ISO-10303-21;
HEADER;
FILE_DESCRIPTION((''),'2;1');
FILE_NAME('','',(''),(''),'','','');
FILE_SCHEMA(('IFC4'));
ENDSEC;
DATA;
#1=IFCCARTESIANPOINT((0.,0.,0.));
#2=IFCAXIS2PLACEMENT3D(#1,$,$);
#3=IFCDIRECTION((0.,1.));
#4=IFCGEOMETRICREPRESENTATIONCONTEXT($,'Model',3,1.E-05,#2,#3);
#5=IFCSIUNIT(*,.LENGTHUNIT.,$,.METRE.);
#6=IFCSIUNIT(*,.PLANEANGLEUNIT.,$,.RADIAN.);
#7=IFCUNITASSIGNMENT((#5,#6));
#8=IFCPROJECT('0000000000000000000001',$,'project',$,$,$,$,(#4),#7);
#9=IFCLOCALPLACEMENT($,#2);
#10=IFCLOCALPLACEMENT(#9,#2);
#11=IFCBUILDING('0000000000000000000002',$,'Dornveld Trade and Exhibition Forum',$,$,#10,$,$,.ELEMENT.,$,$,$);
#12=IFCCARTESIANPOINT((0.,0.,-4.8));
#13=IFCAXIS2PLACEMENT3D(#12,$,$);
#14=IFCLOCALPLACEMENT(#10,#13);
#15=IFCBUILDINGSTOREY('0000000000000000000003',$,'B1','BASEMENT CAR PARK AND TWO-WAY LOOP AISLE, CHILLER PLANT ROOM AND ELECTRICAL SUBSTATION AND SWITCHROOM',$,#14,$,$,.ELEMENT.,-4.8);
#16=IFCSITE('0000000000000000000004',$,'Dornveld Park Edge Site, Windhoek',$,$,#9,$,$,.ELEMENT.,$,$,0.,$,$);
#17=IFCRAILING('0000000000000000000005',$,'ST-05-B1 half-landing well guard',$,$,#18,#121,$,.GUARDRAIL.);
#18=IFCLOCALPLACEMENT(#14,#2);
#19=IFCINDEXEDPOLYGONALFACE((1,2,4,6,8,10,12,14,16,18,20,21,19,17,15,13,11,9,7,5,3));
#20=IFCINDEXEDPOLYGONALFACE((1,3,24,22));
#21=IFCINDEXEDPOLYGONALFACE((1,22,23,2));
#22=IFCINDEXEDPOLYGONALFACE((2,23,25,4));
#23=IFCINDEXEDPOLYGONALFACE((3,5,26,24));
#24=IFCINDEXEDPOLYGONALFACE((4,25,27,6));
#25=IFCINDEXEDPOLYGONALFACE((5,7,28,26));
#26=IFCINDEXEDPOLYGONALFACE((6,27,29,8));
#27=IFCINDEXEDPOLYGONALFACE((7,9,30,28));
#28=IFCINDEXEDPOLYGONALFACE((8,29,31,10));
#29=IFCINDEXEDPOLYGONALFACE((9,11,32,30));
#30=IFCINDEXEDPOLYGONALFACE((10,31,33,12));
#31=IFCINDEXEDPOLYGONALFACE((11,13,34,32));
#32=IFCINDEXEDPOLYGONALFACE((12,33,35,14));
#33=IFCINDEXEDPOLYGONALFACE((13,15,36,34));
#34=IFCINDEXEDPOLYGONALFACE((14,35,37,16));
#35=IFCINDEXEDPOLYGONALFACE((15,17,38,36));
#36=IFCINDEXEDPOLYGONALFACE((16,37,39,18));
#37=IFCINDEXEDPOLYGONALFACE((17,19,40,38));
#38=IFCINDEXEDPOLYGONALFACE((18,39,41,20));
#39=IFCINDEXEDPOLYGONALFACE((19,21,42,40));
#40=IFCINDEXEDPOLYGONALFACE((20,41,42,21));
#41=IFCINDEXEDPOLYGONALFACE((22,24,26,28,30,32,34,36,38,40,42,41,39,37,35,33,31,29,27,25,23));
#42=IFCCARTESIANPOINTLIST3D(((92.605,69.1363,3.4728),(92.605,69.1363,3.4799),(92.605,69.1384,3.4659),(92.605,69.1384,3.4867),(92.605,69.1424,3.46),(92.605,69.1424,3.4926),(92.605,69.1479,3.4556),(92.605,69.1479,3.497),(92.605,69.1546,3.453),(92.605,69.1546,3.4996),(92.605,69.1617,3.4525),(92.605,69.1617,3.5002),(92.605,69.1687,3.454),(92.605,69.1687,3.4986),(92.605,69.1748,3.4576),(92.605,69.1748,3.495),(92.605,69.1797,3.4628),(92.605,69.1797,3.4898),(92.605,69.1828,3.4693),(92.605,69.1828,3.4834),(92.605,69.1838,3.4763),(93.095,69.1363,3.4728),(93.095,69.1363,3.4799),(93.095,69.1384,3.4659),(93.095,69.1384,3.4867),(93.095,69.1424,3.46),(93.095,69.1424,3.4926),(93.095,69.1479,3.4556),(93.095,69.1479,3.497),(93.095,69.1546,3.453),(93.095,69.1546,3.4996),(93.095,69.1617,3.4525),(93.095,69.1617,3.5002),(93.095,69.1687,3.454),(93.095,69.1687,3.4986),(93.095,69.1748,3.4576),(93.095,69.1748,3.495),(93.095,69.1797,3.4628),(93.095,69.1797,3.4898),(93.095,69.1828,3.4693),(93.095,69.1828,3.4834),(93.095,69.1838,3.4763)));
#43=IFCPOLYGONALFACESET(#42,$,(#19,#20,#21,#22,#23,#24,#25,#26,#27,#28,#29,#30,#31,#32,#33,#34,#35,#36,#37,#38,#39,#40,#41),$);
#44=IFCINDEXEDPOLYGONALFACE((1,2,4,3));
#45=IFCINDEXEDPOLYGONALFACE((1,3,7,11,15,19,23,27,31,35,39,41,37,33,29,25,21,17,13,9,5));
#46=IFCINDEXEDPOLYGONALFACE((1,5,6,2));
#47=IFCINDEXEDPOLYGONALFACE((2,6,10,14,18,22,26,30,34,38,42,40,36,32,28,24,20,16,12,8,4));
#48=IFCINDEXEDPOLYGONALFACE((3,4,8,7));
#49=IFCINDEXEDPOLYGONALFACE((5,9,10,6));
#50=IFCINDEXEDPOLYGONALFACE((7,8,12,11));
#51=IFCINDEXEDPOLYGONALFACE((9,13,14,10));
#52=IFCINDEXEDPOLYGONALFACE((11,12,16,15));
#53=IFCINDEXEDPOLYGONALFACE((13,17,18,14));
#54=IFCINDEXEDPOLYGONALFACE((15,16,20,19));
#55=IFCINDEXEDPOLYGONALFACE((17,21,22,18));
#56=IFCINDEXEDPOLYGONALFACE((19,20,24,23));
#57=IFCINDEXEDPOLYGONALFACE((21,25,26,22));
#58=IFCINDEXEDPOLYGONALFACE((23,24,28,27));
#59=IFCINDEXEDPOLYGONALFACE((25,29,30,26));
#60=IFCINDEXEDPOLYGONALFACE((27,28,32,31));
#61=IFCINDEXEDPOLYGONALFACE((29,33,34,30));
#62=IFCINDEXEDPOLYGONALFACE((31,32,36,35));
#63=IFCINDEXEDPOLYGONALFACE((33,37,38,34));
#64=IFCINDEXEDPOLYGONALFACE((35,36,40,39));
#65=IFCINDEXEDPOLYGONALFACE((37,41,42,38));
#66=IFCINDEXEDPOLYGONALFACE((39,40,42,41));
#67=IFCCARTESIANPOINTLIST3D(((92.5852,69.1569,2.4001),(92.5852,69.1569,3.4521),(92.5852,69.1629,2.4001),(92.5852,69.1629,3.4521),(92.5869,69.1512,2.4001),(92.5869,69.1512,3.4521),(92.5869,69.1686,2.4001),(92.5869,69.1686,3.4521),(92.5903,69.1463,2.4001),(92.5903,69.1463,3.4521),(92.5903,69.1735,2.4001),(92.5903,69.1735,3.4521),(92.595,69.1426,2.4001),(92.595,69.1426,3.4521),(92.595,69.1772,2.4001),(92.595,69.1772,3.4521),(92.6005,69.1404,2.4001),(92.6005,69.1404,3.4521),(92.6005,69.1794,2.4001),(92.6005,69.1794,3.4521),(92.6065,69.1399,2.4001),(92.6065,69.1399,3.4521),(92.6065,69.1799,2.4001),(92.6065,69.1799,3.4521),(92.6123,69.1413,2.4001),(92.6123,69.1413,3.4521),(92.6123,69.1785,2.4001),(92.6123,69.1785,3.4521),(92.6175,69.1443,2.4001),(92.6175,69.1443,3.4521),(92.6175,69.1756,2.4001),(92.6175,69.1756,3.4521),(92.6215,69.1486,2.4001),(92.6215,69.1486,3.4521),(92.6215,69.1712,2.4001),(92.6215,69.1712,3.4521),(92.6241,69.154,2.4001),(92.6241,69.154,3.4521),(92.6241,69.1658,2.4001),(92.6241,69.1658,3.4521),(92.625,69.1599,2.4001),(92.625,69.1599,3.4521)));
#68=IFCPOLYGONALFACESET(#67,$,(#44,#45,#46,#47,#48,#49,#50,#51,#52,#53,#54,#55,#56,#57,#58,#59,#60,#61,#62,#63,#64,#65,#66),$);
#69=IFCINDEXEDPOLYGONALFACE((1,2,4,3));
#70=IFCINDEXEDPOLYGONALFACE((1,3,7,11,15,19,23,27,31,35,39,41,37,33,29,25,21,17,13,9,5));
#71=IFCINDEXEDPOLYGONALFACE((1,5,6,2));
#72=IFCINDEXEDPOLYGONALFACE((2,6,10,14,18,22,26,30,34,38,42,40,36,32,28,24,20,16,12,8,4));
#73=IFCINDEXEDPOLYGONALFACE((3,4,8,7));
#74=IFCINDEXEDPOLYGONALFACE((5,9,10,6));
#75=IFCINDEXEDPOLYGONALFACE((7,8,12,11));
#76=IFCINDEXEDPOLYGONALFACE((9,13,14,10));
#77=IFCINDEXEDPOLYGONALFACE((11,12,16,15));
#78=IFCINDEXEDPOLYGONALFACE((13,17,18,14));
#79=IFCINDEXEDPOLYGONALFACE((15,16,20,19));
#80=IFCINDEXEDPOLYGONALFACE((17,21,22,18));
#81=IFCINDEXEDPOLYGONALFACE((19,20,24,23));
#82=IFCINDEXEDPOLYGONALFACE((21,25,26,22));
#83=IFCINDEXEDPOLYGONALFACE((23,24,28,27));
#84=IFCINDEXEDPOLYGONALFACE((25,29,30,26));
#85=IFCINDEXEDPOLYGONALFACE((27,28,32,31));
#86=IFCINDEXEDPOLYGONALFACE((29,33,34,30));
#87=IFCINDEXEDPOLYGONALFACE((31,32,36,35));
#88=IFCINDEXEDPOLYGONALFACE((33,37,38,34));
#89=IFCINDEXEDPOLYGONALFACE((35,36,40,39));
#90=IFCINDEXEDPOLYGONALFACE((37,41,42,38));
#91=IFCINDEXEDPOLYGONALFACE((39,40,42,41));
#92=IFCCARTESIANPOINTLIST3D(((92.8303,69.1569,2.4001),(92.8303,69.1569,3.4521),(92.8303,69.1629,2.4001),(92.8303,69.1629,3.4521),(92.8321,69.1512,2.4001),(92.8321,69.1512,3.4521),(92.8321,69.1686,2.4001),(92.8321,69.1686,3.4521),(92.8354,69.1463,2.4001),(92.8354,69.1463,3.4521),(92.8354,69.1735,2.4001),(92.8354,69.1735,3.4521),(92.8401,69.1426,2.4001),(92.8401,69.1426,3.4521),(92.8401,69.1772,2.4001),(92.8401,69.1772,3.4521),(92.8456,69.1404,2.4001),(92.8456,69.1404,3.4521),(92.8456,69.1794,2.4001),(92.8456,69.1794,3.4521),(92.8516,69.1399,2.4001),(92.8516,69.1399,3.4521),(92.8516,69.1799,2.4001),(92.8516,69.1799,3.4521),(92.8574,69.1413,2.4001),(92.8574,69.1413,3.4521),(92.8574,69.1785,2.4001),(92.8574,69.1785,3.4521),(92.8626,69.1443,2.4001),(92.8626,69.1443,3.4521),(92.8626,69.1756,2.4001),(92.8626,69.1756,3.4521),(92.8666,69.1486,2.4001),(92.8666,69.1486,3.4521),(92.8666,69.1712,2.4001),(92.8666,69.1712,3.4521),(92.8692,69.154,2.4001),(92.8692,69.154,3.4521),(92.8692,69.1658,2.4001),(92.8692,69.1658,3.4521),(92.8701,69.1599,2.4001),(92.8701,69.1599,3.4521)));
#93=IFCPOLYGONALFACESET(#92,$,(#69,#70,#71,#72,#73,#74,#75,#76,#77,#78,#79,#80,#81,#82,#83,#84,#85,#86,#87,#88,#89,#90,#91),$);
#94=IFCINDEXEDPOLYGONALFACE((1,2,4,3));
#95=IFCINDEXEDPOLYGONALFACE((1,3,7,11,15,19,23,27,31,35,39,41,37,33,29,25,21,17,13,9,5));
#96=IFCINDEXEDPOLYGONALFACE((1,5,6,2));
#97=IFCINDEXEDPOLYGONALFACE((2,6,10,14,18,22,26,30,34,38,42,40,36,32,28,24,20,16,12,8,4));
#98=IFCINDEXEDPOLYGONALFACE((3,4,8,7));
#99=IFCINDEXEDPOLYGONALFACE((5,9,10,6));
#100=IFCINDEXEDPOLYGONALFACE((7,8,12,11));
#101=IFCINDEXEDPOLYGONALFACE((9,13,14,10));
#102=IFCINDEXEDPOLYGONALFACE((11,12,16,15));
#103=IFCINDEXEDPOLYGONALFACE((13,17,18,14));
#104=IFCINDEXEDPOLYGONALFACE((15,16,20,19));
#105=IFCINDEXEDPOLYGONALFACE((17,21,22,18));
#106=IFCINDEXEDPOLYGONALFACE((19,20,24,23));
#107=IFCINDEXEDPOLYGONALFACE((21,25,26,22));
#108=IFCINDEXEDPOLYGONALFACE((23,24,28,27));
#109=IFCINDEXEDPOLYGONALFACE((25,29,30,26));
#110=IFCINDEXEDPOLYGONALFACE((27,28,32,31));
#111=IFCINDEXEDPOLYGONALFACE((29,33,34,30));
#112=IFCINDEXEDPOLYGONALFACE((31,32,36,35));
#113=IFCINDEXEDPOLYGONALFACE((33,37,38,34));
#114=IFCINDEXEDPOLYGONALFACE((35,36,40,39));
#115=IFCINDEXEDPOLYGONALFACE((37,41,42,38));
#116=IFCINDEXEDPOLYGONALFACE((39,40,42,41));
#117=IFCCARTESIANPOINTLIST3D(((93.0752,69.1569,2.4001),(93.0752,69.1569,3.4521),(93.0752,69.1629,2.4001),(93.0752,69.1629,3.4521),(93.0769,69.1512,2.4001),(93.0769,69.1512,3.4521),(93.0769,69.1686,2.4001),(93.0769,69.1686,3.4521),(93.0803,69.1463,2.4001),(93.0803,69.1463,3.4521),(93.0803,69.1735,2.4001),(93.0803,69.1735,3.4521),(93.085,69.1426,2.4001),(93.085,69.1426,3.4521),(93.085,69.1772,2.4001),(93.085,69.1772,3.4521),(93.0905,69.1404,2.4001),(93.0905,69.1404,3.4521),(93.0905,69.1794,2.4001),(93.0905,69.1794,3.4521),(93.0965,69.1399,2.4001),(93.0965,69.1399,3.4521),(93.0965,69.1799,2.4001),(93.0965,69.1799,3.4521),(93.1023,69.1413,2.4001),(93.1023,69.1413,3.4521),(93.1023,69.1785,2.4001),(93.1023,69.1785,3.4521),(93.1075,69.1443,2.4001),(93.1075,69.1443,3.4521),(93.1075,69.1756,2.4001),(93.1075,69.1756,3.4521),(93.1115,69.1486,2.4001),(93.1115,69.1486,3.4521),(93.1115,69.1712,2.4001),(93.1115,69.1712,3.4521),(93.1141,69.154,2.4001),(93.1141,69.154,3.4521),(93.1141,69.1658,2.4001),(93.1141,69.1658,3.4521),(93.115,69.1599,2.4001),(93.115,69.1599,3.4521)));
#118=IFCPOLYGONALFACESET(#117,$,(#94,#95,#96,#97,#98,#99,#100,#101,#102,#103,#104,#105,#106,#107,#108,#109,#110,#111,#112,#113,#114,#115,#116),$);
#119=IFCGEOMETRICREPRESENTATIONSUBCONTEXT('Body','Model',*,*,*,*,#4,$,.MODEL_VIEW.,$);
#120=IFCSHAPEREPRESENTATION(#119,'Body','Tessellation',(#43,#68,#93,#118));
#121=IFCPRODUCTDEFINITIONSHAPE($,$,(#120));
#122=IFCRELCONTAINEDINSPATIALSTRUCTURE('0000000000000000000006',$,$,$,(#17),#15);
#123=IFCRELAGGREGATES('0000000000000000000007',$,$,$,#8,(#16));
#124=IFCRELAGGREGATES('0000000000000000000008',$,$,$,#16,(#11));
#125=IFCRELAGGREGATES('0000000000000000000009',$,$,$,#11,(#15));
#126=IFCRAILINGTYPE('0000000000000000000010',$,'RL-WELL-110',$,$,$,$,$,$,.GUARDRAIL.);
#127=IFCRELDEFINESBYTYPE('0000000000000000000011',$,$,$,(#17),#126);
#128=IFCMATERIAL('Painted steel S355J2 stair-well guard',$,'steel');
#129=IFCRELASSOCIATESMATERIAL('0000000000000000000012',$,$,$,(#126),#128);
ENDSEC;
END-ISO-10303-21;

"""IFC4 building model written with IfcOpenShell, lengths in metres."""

from ifc_helpers import new_model, si_unit, direction, frame, origin, origin_2d, place, context, subcontext, project, spatial, circle, extrude, material, type_object, element, save


model = new_model("IFC4")

# Units and contexts
model_context = context("Model", 3, precision=1e-05, world=origin(), true_north=direction((0.0, 1.0)))
body_context = subcontext(model_context, "Body", "Model", "MODEL_VIEW")
ifc_project = project(units=[si_unit("LENGTHUNIT", "METRE"), si_unit("PLANEANGLEUNIT", "RADIAN")], contexts=[model_context])

# Site, building, storey
site_placement = place(None, origin())
site = spatial("IfcSite", under=ifc_project, at=site_placement, Name="Dornveld Park Edge Site, Windhoek", CompositionType="ELEMENT", RefElevation=0.0)
building_placement = place(site_placement, origin())
building = spatial("IfcBuilding", under=site, at=building_placement, Name="Dornveld Trade and Exhibition Forum", CompositionType="ELEMENT")
storey_placement = place(building_placement, frame((0.0, 0.0, -4.8)))
storey = spatial("IfcBuildingStorey", under=building, at=storey_placement, Name="B1", Description="BASEMENT CAR PARK AND TWO-WAY LOOP AISLE, CHILLER PLANT ROOM AND ELECTRICAL SUBSTATION AND SWITCHROOM", CompositionType="ELEMENT", Elevation=-4.8)

# Railing
ifc_material_1 = material(Name="Painted steel S355J2 stair-well guard", Category="steel")
railing_type_1 = type_object("IfcRailingType", Name="RL-WELL-110", PredefinedType="GUARDRAIL", material=ifc_material_1)
railing_1_placement = place(storey_placement, frame((92.605, 69.1599, 2.4001)))
element("IfcRailing", 1, at=railing_1_placement, inside=storey, type_object=railing_type_1, Name="ST-05-B1 half-landing well guard", PredefinedType="GUARDRAIL", context=body_context, shape_type="SweptSolid", body=[
    extrude(circle(Radius=0.0239, at=origin_2d()), frame((0.0, 0.0, 1.0762), z_axis=(1.0, 0.0, 0.0), x_axis=(0.0, 1.0, 0.0)), (0.0, 0.0, 1.0), 0.49),
    extrude(circle(Radius=0.02, at=origin_2d()), origin(), (0.0, 0.0, 1.0), 1.052),
    extrude(circle(Radius=0.02, at=origin_2d()), frame((0.2451, 0.0, 0.0)), (0.0, 0.0, 1.0), 1.052),
    extrude(circle(Radius=0.02, at=origin_2d()), frame((0.49, 0.0, 0.0)), (0.0, 0.0, 1.0), 1.052),
])

save(model, "model.ifc")
